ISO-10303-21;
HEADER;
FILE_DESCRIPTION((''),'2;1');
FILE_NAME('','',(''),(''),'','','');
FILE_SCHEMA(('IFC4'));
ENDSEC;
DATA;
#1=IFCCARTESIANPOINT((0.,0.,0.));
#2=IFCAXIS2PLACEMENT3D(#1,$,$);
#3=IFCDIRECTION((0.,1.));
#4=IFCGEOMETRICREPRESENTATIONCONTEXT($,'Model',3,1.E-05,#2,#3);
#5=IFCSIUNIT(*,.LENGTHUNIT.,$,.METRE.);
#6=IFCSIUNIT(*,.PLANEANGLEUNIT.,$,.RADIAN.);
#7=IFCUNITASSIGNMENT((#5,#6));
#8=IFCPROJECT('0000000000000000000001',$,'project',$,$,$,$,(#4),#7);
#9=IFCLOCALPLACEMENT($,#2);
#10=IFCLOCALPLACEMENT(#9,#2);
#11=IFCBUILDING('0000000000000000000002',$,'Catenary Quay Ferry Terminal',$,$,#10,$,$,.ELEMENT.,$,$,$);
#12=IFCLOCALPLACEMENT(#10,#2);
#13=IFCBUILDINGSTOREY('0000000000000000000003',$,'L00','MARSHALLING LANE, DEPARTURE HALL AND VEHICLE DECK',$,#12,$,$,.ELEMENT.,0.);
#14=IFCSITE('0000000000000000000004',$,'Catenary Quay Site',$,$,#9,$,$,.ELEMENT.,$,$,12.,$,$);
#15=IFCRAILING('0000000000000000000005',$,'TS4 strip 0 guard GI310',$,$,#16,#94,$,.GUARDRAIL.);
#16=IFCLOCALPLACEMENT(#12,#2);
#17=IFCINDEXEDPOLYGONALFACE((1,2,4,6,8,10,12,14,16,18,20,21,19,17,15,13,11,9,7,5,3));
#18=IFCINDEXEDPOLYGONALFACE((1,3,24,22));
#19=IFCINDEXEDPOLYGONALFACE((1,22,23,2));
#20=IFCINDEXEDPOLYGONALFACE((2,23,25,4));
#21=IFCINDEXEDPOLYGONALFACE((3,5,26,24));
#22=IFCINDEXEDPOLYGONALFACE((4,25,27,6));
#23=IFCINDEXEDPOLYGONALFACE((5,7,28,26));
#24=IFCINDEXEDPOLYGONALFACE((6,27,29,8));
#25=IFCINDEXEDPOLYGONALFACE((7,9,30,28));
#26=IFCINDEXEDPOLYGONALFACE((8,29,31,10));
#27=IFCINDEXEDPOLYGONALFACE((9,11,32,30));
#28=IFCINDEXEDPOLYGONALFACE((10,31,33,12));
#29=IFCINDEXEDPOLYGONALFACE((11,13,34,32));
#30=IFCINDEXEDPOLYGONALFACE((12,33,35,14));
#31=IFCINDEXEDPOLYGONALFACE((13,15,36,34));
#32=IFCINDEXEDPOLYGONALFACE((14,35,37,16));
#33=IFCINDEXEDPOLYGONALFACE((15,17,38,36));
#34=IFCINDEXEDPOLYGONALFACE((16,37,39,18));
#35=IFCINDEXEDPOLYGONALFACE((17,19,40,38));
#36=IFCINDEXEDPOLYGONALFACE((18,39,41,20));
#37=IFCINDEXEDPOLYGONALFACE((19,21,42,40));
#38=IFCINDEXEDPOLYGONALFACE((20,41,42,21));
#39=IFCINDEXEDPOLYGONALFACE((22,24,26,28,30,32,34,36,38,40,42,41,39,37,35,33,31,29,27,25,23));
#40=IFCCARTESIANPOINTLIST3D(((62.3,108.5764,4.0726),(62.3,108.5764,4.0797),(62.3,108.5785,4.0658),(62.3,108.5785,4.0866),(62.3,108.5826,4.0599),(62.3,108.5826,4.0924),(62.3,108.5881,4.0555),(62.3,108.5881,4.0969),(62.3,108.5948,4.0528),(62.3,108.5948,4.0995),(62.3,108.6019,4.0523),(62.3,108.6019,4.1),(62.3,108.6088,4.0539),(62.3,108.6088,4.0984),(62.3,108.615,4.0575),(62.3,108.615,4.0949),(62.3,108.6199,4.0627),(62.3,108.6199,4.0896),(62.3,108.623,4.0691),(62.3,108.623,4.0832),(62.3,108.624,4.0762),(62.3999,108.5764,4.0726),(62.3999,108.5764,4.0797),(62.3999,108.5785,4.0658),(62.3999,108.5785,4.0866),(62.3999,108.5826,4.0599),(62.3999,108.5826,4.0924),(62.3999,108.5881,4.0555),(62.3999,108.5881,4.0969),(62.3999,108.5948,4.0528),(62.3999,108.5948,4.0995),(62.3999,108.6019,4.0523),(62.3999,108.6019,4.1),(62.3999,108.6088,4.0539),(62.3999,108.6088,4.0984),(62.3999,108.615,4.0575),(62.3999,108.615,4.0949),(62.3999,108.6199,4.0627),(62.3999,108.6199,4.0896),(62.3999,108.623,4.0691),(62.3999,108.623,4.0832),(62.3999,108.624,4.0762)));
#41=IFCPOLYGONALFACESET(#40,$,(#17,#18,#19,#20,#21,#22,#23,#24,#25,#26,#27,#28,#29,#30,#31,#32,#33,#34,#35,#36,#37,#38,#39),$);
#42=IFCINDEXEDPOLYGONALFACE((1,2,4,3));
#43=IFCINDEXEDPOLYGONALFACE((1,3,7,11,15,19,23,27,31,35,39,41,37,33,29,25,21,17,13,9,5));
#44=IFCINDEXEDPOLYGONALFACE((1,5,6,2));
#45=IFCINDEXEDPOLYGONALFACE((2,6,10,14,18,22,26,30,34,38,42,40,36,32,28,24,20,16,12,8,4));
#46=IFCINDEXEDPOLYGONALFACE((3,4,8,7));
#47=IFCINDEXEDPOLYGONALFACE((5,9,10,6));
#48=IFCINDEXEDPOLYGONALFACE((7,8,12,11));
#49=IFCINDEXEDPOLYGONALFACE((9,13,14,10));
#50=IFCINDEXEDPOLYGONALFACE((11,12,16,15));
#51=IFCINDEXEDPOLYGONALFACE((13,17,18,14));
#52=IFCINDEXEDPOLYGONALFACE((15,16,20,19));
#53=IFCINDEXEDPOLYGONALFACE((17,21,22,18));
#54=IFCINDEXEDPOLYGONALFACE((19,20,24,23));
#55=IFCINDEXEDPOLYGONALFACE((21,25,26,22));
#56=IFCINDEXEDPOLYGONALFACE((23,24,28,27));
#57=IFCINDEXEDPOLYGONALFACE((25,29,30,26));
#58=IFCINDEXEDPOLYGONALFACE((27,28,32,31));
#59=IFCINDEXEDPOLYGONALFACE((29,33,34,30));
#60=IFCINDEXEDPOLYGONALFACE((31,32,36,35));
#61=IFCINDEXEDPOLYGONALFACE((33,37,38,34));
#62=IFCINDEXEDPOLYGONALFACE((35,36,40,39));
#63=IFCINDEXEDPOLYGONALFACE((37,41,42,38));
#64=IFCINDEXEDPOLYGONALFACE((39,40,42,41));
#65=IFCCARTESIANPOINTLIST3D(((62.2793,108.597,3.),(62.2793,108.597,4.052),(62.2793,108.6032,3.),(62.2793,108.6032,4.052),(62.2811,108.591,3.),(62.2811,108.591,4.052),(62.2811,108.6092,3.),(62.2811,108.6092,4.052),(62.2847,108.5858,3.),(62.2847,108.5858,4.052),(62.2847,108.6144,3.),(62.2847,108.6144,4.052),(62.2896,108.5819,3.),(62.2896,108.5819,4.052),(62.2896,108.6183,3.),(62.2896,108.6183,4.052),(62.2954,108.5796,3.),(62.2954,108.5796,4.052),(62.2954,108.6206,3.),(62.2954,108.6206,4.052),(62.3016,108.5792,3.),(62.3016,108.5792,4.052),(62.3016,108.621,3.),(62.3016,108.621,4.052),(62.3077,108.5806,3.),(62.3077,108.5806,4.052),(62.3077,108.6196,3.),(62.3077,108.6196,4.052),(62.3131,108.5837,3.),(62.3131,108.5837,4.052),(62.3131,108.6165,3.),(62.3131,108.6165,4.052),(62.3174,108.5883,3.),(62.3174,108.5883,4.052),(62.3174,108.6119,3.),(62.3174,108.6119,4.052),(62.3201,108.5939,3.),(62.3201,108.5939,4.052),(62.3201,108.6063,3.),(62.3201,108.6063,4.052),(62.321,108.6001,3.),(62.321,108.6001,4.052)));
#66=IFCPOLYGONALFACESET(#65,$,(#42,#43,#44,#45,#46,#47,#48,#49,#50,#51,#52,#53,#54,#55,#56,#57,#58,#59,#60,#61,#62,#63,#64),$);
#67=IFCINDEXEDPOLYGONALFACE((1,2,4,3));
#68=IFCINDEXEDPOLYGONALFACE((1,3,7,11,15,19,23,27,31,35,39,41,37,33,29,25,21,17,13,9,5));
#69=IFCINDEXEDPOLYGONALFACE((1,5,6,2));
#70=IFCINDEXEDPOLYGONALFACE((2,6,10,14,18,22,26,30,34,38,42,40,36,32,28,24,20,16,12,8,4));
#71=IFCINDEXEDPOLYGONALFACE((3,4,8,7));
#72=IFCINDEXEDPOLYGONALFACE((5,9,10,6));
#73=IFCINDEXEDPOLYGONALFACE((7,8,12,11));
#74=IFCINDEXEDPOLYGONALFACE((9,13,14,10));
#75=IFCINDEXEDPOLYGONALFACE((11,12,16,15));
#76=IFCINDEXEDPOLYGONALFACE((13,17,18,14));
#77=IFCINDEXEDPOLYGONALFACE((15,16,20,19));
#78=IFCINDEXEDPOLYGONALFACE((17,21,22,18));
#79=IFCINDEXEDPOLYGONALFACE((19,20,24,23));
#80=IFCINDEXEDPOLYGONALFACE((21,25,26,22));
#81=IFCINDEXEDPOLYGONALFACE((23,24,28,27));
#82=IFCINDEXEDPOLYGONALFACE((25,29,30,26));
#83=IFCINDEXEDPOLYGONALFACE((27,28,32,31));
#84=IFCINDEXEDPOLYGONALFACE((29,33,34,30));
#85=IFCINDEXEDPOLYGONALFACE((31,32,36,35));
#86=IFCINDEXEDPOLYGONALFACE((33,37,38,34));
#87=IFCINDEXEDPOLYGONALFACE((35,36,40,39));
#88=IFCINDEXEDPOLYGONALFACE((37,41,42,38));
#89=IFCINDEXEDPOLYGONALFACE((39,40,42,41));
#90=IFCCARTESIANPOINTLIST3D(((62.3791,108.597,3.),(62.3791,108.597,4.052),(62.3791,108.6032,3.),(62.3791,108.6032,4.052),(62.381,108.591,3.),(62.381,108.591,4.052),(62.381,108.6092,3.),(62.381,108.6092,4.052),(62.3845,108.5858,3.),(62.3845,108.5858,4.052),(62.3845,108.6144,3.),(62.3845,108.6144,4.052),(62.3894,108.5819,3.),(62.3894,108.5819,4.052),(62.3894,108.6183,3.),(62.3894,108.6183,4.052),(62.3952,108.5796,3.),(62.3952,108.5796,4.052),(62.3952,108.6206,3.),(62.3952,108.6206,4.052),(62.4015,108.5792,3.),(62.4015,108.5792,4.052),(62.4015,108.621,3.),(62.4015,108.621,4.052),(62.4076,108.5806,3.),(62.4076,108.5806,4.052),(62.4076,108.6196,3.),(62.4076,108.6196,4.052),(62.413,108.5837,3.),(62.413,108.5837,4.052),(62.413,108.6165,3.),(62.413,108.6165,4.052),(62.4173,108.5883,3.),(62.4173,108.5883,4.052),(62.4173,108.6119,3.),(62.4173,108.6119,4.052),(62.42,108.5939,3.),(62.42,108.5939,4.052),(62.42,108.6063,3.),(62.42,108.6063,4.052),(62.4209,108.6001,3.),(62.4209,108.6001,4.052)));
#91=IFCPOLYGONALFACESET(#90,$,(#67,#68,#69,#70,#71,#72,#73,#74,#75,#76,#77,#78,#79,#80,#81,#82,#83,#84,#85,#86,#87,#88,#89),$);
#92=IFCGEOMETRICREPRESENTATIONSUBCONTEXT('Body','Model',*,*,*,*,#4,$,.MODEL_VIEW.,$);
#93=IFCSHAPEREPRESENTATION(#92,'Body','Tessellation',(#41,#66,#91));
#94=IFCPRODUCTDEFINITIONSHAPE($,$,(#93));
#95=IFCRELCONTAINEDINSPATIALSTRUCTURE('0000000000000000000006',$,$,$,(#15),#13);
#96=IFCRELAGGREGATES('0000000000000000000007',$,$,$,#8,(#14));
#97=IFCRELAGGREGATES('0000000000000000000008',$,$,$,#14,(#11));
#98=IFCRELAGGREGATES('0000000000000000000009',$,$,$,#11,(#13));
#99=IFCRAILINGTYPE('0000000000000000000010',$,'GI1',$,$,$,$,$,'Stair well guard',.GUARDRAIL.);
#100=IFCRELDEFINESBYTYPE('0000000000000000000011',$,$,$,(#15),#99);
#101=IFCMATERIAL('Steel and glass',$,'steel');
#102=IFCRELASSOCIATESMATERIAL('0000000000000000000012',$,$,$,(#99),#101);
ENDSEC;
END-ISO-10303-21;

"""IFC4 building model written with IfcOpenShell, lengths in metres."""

from ifc_helpers import new_model, si_unit, direction, frame, origin, origin_2d, place, context, subcontext, project, spatial, circle, extrude, material, type_object, element, save


model = new_model("IFC4")

# Units and contexts
model_context = context("Model", 3, precision=1e-05, world=origin(), true_north=direction((0.0, 1.0)))
body_context = subcontext(model_context, "Body", "Model", "MODEL_VIEW")
ifc_project = project(units=[si_unit("LENGTHUNIT", "METRE"), si_unit("PLANEANGLEUNIT", "RADIAN")], contexts=[model_context])

# Site, building, storey
site_placement = place(None, origin())
site = spatial("IfcSite", under=ifc_project, at=site_placement, Name="Catenary Quay Site", CompositionType="ELEMENT", RefElevation=12.0)
building_placement = place(site_placement, origin())
building = spatial("IfcBuilding", under=site, at=building_placement, Name="Catenary Quay Ferry Terminal", CompositionType="ELEMENT")
storey_placement = place(building_placement, origin())
storey = spatial("IfcBuildingStorey", under=building, at=storey_placement, Name="L00", Description="MARSHALLING LANE, DEPARTURE HALL AND VEHICLE DECK", CompositionType="ELEMENT", Elevation=0.0)

# Railing
ifc_material_1 = material(Name="Steel and glass", Category="steel")
railing_type_1 = type_object("IfcRailingType", Name="GI1", ElementType="Stair well guard", PredefinedType="GUARDRAIL", material=ifc_material_1)
railing_placement = place(storey_placement, frame((62.3, 108.6001, 3.0)))
element("IfcRailing", 1, at=railing_placement, inside=storey, type_object=railing_type_1, Name="TS4 strip 0 guard GI310", PredefinedType="GUARDRAIL", context=body_context, shape_type="SweptSolid", body=[
    extrude(circle(Radius=0.0239, at=origin_2d()), frame((0.0, 0.0, 1.0762), z_axis=(1.0, 0.0, 0.0), x_axis=(0.0, 1.0, 0.0)), (0.0, 0.0, 1.0), 0.0999),
    extrude(circle(Radius=0.021, at=origin_2d()), origin(), (0.0, 0.0, 1.0), 1.052),
    extrude(circle(Radius=0.021, at=origin_2d()), frame((0.0999, 0.0, 0.0)), (0.0, 0.0, 1.0), 1.052),
])

save(model, "model.ifc")
